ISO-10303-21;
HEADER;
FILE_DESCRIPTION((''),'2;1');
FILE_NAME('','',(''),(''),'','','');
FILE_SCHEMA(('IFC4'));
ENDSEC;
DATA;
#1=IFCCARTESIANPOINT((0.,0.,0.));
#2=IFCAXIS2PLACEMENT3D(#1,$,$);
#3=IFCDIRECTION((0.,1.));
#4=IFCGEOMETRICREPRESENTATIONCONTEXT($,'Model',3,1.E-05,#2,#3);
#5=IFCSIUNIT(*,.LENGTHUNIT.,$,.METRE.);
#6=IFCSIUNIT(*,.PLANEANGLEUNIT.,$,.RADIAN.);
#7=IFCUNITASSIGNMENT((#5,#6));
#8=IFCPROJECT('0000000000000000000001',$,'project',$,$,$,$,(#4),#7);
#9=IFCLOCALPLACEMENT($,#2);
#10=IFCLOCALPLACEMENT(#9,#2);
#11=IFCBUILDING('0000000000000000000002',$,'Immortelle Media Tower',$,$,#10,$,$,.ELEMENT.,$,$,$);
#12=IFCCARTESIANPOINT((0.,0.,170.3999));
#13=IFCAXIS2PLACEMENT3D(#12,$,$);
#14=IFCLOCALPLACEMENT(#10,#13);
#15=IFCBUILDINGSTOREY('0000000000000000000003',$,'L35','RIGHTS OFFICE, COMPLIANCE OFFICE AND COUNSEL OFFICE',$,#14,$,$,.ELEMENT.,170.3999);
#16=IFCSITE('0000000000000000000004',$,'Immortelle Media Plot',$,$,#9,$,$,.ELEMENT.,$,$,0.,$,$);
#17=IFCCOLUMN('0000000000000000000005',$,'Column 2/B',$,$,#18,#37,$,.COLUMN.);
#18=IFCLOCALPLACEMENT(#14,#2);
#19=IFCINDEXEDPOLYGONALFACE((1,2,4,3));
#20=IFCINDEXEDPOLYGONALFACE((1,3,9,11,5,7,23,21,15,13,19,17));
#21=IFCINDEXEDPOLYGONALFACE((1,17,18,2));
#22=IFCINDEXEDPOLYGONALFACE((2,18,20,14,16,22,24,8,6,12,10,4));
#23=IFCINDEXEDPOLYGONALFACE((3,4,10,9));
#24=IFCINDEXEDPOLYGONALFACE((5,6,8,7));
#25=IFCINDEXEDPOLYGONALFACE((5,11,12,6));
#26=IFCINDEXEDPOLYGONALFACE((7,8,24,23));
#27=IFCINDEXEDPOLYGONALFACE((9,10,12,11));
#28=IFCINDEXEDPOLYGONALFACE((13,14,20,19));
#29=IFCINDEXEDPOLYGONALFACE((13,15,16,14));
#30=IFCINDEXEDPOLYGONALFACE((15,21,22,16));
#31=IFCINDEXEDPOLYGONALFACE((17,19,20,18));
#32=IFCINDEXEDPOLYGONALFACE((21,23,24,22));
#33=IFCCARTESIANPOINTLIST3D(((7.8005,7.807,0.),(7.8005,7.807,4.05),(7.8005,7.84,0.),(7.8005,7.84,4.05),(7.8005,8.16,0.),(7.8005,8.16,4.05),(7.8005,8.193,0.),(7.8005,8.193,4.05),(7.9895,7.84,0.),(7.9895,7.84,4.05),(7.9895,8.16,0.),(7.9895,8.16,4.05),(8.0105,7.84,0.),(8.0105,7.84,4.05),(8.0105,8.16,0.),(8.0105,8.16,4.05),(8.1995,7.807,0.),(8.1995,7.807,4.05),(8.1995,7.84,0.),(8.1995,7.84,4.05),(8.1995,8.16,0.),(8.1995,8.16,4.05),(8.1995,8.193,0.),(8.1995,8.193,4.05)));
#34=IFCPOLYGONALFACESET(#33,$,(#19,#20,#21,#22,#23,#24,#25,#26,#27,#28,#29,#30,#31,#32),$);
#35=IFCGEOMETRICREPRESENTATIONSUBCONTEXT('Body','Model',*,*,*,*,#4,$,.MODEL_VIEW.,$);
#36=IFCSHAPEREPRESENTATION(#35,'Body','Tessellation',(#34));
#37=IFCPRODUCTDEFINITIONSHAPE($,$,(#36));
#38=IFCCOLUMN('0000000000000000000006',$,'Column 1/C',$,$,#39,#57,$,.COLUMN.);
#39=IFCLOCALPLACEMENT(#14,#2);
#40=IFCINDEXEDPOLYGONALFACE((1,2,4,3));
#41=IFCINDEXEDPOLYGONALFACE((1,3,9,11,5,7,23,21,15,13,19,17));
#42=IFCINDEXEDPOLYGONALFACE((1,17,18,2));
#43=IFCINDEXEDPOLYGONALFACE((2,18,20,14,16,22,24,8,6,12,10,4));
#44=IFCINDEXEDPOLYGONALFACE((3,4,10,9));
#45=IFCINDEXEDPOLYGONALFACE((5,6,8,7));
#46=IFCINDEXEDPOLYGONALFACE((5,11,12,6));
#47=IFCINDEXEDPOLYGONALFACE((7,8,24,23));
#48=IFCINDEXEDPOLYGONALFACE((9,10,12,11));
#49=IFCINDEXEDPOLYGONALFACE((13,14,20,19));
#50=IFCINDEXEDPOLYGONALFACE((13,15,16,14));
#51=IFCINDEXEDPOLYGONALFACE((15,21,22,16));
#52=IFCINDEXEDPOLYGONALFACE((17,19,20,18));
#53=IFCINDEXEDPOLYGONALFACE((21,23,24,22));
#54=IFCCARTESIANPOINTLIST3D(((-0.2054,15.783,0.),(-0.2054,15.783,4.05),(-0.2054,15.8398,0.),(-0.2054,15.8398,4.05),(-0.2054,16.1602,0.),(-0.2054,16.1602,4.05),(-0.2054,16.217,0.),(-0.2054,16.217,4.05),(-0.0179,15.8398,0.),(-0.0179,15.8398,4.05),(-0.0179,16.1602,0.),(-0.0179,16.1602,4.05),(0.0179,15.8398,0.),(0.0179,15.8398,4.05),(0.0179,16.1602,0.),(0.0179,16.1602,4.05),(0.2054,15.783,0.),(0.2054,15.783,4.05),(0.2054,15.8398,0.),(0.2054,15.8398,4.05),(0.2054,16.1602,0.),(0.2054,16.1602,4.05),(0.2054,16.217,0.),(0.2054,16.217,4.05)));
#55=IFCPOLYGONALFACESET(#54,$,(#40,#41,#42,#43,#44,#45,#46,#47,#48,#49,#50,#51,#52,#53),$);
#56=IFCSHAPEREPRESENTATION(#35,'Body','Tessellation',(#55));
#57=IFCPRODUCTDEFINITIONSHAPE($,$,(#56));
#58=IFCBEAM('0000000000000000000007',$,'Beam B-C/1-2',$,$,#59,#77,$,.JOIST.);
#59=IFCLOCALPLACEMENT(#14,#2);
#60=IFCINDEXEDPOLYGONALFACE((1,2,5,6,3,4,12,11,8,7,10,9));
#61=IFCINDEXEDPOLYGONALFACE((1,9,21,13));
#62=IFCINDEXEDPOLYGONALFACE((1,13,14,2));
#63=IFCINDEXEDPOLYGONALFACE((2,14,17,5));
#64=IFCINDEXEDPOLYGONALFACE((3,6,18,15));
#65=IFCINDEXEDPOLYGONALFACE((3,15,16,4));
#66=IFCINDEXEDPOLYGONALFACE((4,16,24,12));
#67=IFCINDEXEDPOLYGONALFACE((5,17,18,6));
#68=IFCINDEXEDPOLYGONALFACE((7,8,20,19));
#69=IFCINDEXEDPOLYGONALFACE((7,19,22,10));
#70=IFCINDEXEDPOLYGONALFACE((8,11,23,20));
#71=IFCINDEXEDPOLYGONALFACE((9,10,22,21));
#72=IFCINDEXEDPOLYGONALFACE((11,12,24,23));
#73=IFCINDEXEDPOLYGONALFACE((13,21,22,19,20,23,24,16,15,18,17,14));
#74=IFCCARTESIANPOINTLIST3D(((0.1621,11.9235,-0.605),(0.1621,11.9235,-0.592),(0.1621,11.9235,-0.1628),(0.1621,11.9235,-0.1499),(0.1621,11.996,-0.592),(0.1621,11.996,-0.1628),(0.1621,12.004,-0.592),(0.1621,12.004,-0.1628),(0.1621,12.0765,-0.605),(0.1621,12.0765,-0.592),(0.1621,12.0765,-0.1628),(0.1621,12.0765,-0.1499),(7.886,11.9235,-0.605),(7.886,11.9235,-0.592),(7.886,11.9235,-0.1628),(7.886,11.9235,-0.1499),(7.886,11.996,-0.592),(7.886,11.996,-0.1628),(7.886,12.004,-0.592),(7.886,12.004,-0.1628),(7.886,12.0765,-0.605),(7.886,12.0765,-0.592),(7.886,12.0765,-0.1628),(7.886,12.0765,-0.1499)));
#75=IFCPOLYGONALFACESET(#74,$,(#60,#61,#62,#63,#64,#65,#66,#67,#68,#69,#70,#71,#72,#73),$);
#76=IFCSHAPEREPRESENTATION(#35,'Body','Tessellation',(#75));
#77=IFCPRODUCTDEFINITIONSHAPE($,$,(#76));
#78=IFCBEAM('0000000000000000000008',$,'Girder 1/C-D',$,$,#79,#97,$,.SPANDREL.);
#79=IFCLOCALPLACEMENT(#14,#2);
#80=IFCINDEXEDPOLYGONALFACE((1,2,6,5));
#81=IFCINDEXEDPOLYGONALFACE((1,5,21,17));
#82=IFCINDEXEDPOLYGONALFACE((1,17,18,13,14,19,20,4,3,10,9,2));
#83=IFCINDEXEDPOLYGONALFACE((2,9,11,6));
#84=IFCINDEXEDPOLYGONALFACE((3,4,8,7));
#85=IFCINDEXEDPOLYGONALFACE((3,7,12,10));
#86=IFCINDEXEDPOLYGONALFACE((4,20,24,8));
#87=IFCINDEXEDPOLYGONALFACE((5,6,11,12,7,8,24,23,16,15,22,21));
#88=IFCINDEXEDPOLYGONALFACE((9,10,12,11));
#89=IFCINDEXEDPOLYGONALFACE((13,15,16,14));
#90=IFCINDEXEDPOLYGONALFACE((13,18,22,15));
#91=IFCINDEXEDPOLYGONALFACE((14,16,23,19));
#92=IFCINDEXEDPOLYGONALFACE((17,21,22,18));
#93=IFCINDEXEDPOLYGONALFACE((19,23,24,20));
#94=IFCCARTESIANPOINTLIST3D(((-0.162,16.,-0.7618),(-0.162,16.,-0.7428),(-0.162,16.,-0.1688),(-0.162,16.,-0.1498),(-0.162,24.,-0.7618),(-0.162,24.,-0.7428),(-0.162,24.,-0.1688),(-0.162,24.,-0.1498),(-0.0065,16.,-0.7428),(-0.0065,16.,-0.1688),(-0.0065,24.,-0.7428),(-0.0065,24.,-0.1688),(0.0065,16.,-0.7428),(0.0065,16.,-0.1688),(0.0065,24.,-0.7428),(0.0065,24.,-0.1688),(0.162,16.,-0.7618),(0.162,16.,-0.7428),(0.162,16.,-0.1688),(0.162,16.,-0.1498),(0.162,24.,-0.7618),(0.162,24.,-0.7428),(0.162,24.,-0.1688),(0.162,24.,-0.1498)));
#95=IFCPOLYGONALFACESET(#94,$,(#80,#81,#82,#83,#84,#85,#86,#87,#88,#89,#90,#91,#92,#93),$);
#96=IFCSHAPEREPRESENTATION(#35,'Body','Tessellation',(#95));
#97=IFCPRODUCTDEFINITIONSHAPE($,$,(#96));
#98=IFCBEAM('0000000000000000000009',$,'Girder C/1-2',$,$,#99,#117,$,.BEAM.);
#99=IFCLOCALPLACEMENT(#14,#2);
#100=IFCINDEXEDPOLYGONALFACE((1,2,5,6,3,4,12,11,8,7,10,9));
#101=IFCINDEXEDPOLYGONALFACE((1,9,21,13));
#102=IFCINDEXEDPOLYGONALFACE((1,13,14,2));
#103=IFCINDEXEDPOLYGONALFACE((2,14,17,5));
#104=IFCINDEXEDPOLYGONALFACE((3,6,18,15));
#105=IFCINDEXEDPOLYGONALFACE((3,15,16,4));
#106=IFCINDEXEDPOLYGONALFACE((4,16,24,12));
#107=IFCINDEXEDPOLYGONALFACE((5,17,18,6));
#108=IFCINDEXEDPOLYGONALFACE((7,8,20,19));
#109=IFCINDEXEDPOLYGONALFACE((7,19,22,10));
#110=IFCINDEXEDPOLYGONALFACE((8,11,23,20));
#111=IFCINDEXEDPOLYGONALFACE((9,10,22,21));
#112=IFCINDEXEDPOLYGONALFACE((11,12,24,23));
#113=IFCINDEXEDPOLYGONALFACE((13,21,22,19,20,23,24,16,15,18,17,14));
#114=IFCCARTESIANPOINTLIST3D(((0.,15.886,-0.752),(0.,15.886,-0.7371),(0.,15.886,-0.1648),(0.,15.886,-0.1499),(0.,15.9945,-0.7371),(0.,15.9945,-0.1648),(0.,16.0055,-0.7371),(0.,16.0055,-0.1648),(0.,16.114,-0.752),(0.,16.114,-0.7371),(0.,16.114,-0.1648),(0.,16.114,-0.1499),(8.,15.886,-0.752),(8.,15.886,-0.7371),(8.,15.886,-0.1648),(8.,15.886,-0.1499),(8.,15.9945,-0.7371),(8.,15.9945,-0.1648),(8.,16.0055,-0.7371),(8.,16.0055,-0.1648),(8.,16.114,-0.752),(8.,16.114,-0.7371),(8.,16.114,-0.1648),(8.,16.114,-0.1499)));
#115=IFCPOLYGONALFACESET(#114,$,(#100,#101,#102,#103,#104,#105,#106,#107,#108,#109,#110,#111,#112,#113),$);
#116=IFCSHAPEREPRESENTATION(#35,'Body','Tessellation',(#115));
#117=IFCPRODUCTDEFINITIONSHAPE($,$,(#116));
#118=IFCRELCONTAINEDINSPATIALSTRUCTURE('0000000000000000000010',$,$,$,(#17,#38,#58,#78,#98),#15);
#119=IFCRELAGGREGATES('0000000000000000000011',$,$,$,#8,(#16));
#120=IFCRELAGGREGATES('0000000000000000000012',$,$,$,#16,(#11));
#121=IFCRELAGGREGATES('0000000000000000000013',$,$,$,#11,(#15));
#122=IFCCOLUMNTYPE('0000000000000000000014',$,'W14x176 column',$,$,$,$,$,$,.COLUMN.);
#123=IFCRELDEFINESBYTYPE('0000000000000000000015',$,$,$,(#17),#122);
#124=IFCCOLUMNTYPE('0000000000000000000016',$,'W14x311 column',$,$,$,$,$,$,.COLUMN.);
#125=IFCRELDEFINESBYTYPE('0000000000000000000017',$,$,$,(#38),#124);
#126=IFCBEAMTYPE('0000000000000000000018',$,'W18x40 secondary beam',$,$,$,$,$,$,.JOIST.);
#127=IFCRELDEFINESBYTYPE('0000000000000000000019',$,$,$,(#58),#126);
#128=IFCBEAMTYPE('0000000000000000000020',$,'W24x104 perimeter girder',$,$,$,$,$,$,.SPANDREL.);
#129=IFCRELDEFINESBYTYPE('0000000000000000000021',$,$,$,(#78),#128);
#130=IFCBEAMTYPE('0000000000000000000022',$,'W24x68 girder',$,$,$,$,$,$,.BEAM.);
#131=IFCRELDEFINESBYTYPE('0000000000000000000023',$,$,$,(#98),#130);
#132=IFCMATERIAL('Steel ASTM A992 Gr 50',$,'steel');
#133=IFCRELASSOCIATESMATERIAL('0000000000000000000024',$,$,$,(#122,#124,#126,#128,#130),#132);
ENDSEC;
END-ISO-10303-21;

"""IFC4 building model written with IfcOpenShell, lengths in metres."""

from ifc_helpers import new_model, si_unit, direction, frame, origin, origin_2d, place, context, subcontext, project, spatial, i_section, extrude, material, material_profile, profile_set, type_object, element, save


model = new_model("IFC4")

# Units and contexts
model_context = context("Model", 3, precision=1e-05, world=origin(), true_north=direction((0.0, 1.0)))
body_context = subcontext(model_context, "Body", "Model", "MODEL_VIEW")
ifc_project = project(units=[si_unit("LENGTHUNIT", "METRE"), si_unit("PLANEANGLEUNIT", "RADIAN")], contexts=[model_context])

# Site, building, storey
site_placement = place(None, origin())
site = spatial("IfcSite", under=ifc_project, at=site_placement, Name="Immortelle Media Plot", CompositionType="ELEMENT", RefElevation=0.0)
building_placement = place(site_placement, origin())
building = spatial("IfcBuilding", under=site, at=building_placement, Name="Immortelle Media Tower", CompositionType="ELEMENT")
storey_placement = place(building_placement, frame((0.0, 0.0, 170.3999)))
storey = spatial("IfcBuildingStorey", under=building, at=storey_placement, Name="L35", Description="RIGHTS OFFICE, COMPLIANCE OFFICE AND COUNSEL OFFICE", CompositionType="ELEMENT", Elevation=170.3999)

# Columns
ifc_material_1 = material(Name="Steel ASTM A992 Gr 50", Category="steel")
ifc_material_profile_1 = material_profile(ifc_material_1, i_section(OverallWidth=0.3989, OverallDepth=0.386, WebThickness=0.021, FlangeThickness=0.033, at=origin_2d()), Name="W14x176")
ifc_profile_set_1 = profile_set([ifc_material_profile_1], Name="Steel ASTM A992 Gr 50")
column_type_1 = type_object("IfcColumnType", Name="W14x176 column", PredefinedType="COLUMN", material=ifc_profile_set_1)
column_1_placement = place(storey_placement, frame((8.0, 8.0, 0.0), z_axis=(0.0, 0.0, 1.0), x_axis=(1.0, 0.0, 0.0)))
element("IfcColumn", 1, at=column_1_placement, inside=storey, type_object=column_type_1, Name="Column 2/B", PredefinedType="COLUMN", context=body_context, shape_type="SweptSolid", body=[
    extrude(i_section(OverallWidth=0.3989, OverallDepth=0.386, WebThickness=0.021, FlangeThickness=0.033, at=origin_2d()), origin(), (0.0, 0.0, 1.0), 4.05),
])
ifc_material_profile_2 = material_profile(ifc_material_1, i_section(OverallWidth=0.4109, OverallDepth=0.4341, WebThickness=0.0359, FlangeThickness=0.0569, at=origin_2d()), Name="W14x311")
ifc_profile_set_2 = profile_set([ifc_material_profile_2], Name="Steel ASTM A992 Gr 50")
column_type_2 = type_object("IfcColumnType", Name="W14x311 column", PredefinedType="COLUMN", material=ifc_profile_set_2)
column_2_placement = place(storey_placement, frame((0.0, 16.0, 0.0), z_axis=(0.0, 0.0, 1.0), x_axis=(1.0, 0.0, 0.0)))
element("IfcColumn", 2, at=column_2_placement, inside=storey, type_object=column_type_2, Name="Column 1/C", PredefinedType="COLUMN", context=body_context, shape_type="SweptSolid", body=[
    extrude(i_section(OverallWidth=0.4109, OverallDepth=0.4341, WebThickness=0.0359, FlangeThickness=0.0569, at=origin_2d()), origin(), (0.0, 0.0, 1.0), 4.05),
])

# Beams
ifc_material_profile_3 = material_profile(ifc_material_1, i_section(OverallWidth=0.1531, OverallDepth=0.4551, WebThickness=0.0081, FlangeThickness=0.0129, at=origin_2d()), Name="W18x40")
ifc_profile_set_3 = profile_set([ifc_material_profile_3], Name="Steel ASTM A992 Gr 50")
beam_type_1 = type_object("IfcBeamType", Name="W18x40 secondary beam", PredefinedType="JOIST", material=ifc_profile_set_3)
beam_1_placement = place(storey_placement, frame((0.1621, 12.0, -0.3774), z_axis=(1.0, 0.0, 0.0), x_axis=(0.0, 1.0, 0.0)))
element("IfcBeam", 3, at=beam_1_placement, inside=storey, type_object=beam_type_1, Name="Beam B-C/1-2", PredefinedType="JOIST", context=body_context, shape_type="SweptSolid", body=[
    extrude(i_section(OverallWidth=0.1531, OverallDepth=0.4551, WebThickness=0.0081, FlangeThickness=0.0129, at=origin_2d()), origin(), (0.0, 0.0, 1.0), 7.7239),
])
ifc_material_profile_4 = material_profile(ifc_material_1, i_section(OverallWidth=0.324, OverallDepth=0.6121, WebThickness=0.0129, FlangeThickness=0.019, at=origin_2d()), Name="W24x104")
ifc_profile_set_4 = profile_set([ifc_material_profile_4], Name="Steel ASTM A992 Gr 50")
beam_type_2 = type_object("IfcBeamType", Name="W24x104 perimeter girder", PredefinedType="SPANDREL", material=ifc_profile_set_4)
beam_2_placement = place(storey_placement, frame((0.0, 16.0, -0.4558), z_axis=(0.0, 1.0, 0.0), x_axis=(-1.0, 0.0, 0.0)))
element("IfcBeam", 4, at=beam_2_placement, inside=storey, type_object=beam_type_2, Name="Girder 1/C-D", PredefinedType="SPANDREL", context=body_context, shape_type="SweptSolid", body=[
    extrude(i_section(OverallWidth=0.324, OverallDepth=0.6121, WebThickness=0.0129, FlangeThickness=0.019, at=origin_2d()), origin(), (0.0, 0.0, 1.0), 8.0),
])
ifc_material_profile_5 = material_profile(ifc_material_1, i_section(OverallWidth=0.228, OverallDepth=0.6021, WebThickness=0.011, FlangeThickness=0.0149, at=origin_2d()), Name="W24x68")
ifc_profile_set_5 = profile_set([ifc_material_profile_5], Name="Steel ASTM A992 Gr 50")
beam_type_3 = type_object("IfcBeamType", Name="W24x68 girder", PredefinedType="BEAM", material=ifc_profile_set_5)
beam_3_placement = place(storey_placement, frame((0.0, 16.0, -0.4509), z_axis=(1.0, 0.0, 0.0), x_axis=(0.0, 1.0, 0.0)))
element("IfcBeam", 5, at=beam_3_placement, inside=storey, type_object=beam_type_3, Name="Girder C/1-2", PredefinedType="BEAM", context=body_context, shape_type="SweptSolid", body=[
    extrude(i_section(OverallWidth=0.228, OverallDepth=0.6021, WebThickness=0.011, FlangeThickness=0.0149, at=origin_2d()), origin(), (0.0, 0.0, 1.0), 8.0),
])

save(model, "model.ifc")
